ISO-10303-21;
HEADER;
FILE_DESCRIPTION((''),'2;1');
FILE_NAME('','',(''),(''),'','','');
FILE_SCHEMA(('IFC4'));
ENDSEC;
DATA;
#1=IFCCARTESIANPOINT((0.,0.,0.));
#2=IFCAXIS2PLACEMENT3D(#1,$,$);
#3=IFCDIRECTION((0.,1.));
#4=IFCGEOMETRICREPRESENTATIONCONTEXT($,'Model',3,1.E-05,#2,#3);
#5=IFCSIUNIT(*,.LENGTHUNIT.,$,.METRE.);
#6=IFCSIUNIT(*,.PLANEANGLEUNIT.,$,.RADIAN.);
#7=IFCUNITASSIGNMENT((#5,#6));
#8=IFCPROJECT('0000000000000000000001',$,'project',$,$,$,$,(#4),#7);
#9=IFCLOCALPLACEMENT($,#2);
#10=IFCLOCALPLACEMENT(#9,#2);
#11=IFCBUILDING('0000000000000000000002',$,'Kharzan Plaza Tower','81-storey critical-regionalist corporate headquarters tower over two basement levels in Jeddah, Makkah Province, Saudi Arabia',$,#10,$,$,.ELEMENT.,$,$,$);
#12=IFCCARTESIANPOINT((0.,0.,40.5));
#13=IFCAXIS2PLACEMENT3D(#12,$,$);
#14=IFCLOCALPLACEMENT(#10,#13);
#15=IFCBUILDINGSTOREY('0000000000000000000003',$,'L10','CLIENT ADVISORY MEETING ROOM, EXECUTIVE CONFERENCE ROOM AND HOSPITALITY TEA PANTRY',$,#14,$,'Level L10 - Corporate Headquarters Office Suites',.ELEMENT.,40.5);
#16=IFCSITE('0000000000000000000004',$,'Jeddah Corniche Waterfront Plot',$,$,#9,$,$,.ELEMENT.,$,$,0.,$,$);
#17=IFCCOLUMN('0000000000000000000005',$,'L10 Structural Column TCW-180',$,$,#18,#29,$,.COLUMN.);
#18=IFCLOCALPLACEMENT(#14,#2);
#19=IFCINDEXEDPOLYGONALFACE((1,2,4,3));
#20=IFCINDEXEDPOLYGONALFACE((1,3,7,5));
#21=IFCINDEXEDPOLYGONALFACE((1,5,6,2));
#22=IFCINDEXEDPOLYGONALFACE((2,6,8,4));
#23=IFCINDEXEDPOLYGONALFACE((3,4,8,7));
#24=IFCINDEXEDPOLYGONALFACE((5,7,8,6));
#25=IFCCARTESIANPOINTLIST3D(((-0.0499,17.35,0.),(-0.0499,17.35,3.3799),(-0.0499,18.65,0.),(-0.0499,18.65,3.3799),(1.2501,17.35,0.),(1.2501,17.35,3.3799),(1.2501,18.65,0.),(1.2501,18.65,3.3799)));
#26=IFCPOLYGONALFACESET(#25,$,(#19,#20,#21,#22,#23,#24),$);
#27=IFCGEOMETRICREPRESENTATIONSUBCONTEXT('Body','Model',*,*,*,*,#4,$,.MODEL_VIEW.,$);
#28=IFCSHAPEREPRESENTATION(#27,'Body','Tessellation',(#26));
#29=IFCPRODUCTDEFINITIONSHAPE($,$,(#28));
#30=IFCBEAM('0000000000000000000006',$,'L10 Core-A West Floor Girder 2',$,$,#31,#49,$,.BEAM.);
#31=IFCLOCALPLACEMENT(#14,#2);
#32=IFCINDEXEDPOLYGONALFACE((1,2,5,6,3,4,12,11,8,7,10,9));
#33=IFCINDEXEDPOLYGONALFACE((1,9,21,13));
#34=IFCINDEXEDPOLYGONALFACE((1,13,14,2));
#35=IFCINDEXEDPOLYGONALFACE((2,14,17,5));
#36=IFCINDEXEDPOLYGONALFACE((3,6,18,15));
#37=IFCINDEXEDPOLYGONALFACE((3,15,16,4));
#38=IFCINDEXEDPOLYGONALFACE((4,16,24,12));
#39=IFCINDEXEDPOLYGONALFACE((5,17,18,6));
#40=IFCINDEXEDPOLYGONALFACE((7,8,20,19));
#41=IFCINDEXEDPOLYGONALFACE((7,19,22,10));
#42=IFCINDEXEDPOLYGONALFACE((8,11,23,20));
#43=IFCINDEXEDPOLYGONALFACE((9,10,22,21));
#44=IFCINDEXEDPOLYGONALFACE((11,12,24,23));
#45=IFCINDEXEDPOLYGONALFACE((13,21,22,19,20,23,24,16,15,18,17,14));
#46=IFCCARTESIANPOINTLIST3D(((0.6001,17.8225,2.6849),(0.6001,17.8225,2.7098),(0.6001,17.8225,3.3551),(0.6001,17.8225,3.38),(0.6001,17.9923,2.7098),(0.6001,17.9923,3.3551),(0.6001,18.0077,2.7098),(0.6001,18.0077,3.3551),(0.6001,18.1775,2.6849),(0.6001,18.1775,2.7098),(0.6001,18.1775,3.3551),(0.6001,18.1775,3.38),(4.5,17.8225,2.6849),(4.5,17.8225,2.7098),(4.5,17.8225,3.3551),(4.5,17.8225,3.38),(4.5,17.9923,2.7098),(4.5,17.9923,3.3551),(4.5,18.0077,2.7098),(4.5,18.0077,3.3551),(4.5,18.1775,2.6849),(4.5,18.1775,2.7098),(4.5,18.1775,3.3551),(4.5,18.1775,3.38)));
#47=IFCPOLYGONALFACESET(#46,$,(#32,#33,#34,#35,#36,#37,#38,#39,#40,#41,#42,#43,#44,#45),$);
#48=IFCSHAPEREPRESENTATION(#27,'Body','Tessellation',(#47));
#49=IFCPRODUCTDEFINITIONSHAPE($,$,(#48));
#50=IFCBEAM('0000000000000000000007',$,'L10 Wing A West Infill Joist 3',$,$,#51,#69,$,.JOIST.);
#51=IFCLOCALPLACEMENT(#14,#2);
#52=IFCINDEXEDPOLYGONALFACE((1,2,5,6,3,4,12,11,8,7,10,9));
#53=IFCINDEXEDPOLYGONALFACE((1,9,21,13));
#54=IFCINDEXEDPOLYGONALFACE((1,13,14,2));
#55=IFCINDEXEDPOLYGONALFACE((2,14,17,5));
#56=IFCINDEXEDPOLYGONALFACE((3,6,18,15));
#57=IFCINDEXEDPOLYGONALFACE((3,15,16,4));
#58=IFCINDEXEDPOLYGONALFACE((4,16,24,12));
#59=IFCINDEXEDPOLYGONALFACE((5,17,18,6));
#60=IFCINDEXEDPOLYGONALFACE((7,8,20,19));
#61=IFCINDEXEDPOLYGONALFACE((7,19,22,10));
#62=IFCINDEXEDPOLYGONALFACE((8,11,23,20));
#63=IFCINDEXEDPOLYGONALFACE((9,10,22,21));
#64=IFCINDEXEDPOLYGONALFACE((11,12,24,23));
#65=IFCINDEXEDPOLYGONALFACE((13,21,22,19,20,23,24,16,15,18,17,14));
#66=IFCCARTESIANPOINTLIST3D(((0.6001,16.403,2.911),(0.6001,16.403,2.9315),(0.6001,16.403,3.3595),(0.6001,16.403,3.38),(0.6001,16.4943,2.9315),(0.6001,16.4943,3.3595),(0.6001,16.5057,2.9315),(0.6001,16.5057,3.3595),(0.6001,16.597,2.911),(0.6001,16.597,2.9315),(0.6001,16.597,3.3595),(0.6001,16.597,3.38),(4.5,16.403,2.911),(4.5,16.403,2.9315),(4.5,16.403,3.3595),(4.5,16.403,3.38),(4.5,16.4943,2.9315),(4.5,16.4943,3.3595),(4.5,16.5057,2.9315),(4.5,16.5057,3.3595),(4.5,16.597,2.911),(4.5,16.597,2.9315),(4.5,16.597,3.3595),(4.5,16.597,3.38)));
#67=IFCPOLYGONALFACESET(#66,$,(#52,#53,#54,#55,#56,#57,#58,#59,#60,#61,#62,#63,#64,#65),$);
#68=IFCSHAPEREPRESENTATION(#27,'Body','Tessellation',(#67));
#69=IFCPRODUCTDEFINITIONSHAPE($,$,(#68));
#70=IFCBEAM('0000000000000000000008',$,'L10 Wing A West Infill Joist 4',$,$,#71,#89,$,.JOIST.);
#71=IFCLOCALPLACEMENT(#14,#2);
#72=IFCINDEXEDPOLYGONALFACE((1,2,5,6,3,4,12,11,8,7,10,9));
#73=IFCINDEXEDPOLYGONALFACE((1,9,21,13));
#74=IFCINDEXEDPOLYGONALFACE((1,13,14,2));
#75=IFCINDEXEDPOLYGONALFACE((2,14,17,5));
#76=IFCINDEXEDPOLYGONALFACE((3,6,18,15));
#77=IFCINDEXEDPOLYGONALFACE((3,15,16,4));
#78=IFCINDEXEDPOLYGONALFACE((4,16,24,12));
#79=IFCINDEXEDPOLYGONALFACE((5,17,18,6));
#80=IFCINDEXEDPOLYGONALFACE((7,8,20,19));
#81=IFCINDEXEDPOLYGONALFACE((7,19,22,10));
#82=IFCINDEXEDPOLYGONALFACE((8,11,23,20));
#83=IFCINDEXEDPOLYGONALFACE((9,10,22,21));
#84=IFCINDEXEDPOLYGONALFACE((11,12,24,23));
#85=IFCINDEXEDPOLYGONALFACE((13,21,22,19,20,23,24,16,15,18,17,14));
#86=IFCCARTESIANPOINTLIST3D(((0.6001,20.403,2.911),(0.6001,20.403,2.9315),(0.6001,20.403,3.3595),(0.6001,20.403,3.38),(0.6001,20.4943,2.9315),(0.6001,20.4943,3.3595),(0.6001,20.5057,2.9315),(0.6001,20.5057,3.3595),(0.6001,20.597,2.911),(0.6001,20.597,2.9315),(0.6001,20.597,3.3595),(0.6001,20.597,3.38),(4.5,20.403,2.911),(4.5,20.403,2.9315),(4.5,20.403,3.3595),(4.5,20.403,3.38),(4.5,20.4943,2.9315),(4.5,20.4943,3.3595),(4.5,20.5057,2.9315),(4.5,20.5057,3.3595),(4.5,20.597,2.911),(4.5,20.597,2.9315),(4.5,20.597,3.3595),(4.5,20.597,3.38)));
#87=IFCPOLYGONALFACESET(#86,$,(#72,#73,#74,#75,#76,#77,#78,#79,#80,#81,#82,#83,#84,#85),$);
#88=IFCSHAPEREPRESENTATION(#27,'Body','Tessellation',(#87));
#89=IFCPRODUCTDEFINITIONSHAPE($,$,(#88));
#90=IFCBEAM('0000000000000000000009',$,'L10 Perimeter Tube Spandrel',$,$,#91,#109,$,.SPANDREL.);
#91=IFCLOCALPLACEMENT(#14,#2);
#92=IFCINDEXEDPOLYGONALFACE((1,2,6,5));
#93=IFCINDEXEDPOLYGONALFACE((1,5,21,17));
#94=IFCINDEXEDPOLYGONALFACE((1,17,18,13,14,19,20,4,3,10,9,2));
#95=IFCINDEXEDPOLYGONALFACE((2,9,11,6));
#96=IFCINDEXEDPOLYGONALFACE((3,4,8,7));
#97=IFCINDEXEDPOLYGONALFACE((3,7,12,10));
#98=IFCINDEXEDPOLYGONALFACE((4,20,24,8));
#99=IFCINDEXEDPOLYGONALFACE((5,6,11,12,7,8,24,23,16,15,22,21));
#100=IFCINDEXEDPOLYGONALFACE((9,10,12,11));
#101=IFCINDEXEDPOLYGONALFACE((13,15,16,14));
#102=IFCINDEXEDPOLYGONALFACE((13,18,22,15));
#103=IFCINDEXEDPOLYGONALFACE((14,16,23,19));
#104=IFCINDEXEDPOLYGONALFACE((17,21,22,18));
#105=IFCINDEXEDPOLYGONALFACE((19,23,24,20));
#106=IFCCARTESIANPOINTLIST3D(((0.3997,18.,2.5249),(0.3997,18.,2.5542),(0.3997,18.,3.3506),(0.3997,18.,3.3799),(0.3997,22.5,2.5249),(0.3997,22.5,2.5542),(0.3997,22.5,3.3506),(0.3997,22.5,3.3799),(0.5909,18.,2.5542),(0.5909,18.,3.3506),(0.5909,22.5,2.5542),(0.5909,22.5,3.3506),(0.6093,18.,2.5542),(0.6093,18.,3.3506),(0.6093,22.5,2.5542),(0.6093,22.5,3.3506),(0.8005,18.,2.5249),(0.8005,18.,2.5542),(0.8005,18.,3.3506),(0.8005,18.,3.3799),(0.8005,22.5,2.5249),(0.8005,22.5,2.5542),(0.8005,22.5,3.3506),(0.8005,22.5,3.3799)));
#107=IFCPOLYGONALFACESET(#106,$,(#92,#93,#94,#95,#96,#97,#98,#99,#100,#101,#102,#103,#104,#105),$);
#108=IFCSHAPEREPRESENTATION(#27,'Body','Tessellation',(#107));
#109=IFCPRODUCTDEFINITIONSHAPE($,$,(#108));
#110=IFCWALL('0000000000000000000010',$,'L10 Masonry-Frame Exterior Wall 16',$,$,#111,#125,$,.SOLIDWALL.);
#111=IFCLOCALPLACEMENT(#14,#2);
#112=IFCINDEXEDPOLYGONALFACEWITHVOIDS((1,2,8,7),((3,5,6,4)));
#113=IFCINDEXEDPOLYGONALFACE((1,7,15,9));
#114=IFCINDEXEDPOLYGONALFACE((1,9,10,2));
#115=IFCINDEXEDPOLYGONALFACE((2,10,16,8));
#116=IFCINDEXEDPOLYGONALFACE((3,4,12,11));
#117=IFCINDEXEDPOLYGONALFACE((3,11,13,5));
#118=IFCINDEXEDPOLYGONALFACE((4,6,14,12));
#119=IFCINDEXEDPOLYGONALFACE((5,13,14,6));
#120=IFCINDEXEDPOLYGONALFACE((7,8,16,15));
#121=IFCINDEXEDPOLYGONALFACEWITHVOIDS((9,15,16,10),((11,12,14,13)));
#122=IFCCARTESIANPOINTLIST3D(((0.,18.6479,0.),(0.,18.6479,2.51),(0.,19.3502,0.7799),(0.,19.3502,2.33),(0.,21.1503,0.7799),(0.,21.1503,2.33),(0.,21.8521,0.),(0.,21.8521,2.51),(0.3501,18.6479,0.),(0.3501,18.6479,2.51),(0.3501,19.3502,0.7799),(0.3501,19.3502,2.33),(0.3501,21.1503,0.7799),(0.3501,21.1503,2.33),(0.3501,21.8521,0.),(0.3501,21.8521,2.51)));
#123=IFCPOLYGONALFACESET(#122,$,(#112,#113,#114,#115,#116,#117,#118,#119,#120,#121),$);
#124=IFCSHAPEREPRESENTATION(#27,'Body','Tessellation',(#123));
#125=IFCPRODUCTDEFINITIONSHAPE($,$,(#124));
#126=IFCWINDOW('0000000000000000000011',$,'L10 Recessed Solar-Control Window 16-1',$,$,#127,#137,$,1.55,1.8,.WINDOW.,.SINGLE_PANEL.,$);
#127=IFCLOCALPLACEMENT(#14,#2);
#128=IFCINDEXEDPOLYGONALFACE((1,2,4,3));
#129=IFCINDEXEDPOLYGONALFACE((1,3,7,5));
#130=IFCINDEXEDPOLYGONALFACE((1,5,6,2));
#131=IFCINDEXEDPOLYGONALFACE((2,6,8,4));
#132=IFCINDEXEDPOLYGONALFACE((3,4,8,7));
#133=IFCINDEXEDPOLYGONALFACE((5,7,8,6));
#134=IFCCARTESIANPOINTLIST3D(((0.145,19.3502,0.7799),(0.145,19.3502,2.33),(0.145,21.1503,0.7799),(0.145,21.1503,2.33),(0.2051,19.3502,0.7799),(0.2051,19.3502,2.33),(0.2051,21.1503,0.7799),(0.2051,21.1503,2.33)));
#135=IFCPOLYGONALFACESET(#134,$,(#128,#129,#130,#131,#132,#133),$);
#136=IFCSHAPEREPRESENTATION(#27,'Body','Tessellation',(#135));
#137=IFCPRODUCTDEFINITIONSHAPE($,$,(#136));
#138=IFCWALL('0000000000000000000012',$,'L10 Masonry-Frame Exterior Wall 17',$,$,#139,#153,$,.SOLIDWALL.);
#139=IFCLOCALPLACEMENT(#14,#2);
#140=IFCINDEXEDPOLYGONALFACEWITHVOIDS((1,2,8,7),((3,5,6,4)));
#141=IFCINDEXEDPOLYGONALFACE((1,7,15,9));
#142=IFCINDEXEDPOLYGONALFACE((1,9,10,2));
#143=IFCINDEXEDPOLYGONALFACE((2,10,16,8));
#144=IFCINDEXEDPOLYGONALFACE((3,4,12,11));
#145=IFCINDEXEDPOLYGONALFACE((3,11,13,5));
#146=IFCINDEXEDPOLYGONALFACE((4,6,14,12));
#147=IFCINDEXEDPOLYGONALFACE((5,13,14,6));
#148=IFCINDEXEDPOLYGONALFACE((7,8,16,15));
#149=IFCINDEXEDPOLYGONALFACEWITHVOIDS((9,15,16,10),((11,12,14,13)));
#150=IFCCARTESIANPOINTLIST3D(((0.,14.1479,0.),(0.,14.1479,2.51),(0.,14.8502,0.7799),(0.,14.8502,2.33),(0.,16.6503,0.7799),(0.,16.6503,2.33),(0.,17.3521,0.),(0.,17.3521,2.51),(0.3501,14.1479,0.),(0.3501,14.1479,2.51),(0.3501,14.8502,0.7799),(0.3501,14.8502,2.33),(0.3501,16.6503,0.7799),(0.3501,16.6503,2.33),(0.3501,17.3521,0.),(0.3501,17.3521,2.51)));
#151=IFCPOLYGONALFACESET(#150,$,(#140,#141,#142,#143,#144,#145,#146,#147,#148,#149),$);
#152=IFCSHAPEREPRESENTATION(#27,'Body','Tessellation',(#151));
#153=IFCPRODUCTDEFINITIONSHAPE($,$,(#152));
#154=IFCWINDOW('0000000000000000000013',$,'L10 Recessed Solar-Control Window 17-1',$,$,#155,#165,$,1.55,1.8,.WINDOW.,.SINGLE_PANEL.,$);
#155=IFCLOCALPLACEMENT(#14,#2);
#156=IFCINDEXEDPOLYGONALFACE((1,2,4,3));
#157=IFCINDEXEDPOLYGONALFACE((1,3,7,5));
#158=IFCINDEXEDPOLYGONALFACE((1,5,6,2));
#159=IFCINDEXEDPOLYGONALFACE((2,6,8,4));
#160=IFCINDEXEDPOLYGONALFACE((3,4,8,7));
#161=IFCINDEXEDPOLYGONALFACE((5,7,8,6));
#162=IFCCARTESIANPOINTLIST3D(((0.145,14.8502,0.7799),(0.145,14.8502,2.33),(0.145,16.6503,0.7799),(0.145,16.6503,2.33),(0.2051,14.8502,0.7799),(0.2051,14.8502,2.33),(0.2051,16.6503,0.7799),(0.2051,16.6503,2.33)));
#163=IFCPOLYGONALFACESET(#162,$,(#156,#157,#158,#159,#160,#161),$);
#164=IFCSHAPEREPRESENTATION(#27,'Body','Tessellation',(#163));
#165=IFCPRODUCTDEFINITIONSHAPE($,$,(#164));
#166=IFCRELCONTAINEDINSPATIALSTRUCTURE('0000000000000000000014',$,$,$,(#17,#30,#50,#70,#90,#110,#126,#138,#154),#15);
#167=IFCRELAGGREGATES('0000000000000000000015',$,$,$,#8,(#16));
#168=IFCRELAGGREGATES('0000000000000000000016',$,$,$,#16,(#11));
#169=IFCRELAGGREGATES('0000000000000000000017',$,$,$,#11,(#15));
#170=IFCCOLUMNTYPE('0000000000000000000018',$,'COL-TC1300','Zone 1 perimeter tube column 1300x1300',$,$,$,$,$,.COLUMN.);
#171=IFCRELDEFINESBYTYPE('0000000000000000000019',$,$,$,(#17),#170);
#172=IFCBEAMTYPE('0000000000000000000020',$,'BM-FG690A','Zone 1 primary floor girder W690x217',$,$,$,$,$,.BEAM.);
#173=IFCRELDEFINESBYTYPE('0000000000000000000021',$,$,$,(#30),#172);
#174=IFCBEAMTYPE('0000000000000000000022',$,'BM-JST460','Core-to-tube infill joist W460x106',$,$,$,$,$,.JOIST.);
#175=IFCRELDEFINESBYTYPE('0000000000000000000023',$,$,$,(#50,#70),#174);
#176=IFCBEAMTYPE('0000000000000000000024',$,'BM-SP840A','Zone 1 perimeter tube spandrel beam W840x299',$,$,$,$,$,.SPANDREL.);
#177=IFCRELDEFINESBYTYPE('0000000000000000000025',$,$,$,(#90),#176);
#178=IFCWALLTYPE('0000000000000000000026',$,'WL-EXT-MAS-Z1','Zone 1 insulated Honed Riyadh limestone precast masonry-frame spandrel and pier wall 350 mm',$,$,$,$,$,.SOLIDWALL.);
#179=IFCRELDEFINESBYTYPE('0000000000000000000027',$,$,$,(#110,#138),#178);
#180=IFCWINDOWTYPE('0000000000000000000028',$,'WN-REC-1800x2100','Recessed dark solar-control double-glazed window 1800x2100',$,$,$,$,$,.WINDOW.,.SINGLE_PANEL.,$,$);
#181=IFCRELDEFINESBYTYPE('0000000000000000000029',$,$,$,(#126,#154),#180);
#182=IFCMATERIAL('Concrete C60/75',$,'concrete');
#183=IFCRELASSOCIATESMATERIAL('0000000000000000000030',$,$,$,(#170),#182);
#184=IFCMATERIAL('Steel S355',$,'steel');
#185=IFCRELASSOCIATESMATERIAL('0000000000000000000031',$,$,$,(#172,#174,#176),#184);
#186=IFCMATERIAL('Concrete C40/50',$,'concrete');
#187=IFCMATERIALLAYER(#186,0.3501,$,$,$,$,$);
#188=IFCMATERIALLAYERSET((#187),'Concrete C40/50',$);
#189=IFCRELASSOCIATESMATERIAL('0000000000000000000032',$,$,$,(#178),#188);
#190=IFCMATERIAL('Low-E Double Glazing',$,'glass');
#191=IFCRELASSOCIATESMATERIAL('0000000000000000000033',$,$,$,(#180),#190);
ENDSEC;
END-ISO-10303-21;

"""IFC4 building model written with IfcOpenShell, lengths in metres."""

from ifc_helpers import new_model, si_unit, direction, frame, frame_2d, origin, origin_2d, place, context, subcontext, project, spatial, rectangle, i_section, extrude, source, transform, mapped, material, layer, layer_set, material_profile, profile_set, type_object, element, fill, save


model = new_model("IFC4")

# Units and contexts
model_context = context("Model", 3, precision=1e-05, world=origin(), true_north=direction((0.0, 1.0)))
body_context = subcontext(model_context, "Body", "Model", "MODEL_VIEW")
ifc_project = project(units=[si_unit("LENGTHUNIT", "METRE"), si_unit("PLANEANGLEUNIT", "RADIAN")], contexts=[model_context])

# Site, building, storey
site_placement = place(None, origin())
site = spatial("IfcSite", under=ifc_project, at=site_placement, Name="Jeddah Corniche Waterfront Plot", CompositionType="ELEMENT", RefElevation=0.0)
building_placement = place(site_placement, origin())
building = spatial("IfcBuilding", under=site, at=building_placement, Name="Kharzan Plaza Tower", Description="81-storey critical-regionalist corporate headquarters tower over two basement levels in Jeddah, Makkah Province, Saudi Arabia", CompositionType="ELEMENT")
storey_placement = place(building_placement, frame((0.0, 0.0, 40.5)))
storey = spatial("IfcBuildingStorey", under=building, at=storey_placement, Name="L10", Description="CLIENT ADVISORY MEETING ROOM, EXECUTIVE CONFERENCE ROOM AND HOSPITALITY TEA PANTRY", LongName="Level L10 - Corporate Headquarters Office Suites", CompositionType="ELEMENT", Elevation=40.5)

# Column
ifc_material_1 = material(Name="Concrete C60/75", Category="concrete")
ifc_material_profile_1 = material_profile(ifc_material_1, rectangle(XDim=1.3, YDim=1.3, at=origin_2d()), Name="RC-TC1300x1300")
ifc_profile_set_1 = profile_set([ifc_material_profile_1], Name="Concrete C60/75")
column_type = type_object("IfcColumnType", Name="COL-TC1300", Description="Zone 1 perimeter tube column 1300x1300", PredefinedType="COLUMN", material=ifc_profile_set_1)
shared_shape_1 = source(origin(), body_context, "Body", "SweptSolid", [
    extrude(rectangle(XDim=1.3, YDim=1.3, at=origin_2d()), origin(), (0.0, 0.0, 1.0), 3.3799),
])
column_placement = place(storey_placement, frame((0.6001, 18.0, 0.0), z_axis=(0.0, 0.0, 1.0), x_axis=(1.0, 0.0, 0.0)))
element("IfcColumn", 1, at=column_placement, inside=storey, type_object=column_type, Name="L10 Structural Column TCW-180", PredefinedType="COLUMN", context=body_context, shape_type="MappedRepresentation", body=[
    mapped(shared_shape_1, transform((0.0, 0.0, 0.0), x_axis=(1.0, 0.0, 0.0), y_axis=(0.0, 1.0, 0.0), z_axis=(0.0, 0.0, 1.0))),
])

# Beams
ifc_material_2 = material(Name="Steel S355", Category="steel")
ifc_material_profile_2 = material_profile(ifc_material_2, i_section(OverallWidth=0.355, OverallDepth=0.6951, WebThickness=0.0154, FlangeThickness=0.0249, at=origin_2d()), Name="W690x217")
ifc_profile_set_2 = profile_set([ifc_material_profile_2], Name="Steel S355")
beam_type_1 = type_object("IfcBeamType", Name="BM-FG690A", Description="Zone 1 primary floor girder W690x217", PredefinedType="BEAM", material=ifc_profile_set_2)
shared_shape_2 = source(origin(), body_context, "Body", "SweptSolid", [
    extrude(i_section(OverallWidth=0.355, OverallDepth=0.6951, WebThickness=0.0154, FlangeThickness=0.0249, at=origin_2d()), origin(), (0.0, 0.0, 1.0), 3.8999),
])
beam_1_placement = place(storey_placement, frame((0.6001, 18.0, 3.0325), z_axis=(1.0, 0.0, 0.0), x_axis=(0.0, 1.0, 0.0)))
element("IfcBeam", 2, at=beam_1_placement, inside=storey, type_object=beam_type_1, Name="L10 Core-A West Floor Girder 2", PredefinedType="BEAM", context=body_context, shape_type="MappedRepresentation", body=[
    mapped(shared_shape_2, transform((0.0, 0.0, 0.0), x_axis=(1.0, 0.0, 0.0), y_axis=(0.0, 1.0, 0.0), z_axis=(0.0, 0.0, 1.0))),
])
ifc_material_profile_3 = material_profile(ifc_material_2, i_section(OverallWidth=0.1941, OverallDepth=0.469, WebThickness=0.0115, FlangeThickness=0.0205, at=origin_2d()), Name="W460x106")
ifc_profile_set_3 = profile_set([ifc_material_profile_3], Name="Steel S355")
beam_type_2 = type_object("IfcBeamType", Name="BM-JST460", Description="Core-to-tube infill joist W460x106", PredefinedType="JOIST", material=ifc_profile_set_3)
shared_shape_3 = source(origin(), body_context, "Body", "SweptSolid", [
    extrude(i_section(OverallWidth=0.1941, OverallDepth=0.469, WebThickness=0.0115, FlangeThickness=0.0205, at=origin_2d()), origin(), (0.0, 0.0, 1.0), 3.8999),
])
for number, where, z_axis, x_axis, name in (
    (3, (0.6001, 16.5, 3.1455), (1.0, 0.0, 0.0), (0.0, 1.0, 0.0), "L10 Wing A West Infill Joist 3"),
    (4, (0.6001, 20.5, 3.1455), (1.0, 0.0, 0.0), (0.0, 1.0, 0.0), "L10 Wing A West Infill Joist 4"),
):
    element("IfcBeam", number, at=place(storey_placement, frame(where, z_axis=z_axis, x_axis=x_axis)), inside=storey, type_object=beam_type_2, Name=name, PredefinedType="JOIST", context=body_context, shape_type="MappedRepresentation", body=[
        mapped(shared_shape_3, transform((0.0, 0.0, 0.0), x_axis=(1.0, 0.0, 0.0), y_axis=(0.0, 1.0, 0.0), z_axis=(0.0, 0.0, 1.0))),
    ])
ifc_material_profile_4 = material_profile(ifc_material_2, i_section(OverallWidth=0.4009, OverallDepth=0.855, WebThickness=0.0183, FlangeThickness=0.0293, at=origin_2d()), Name="W840x299")
ifc_profile_set_4 = profile_set([ifc_material_profile_4], Name="Steel S355")
beam_type_3 = type_object("IfcBeamType", Name="BM-SP840A", Description="Zone 1 perimeter tube spandrel beam W840x299", PredefinedType="SPANDREL", material=ifc_profile_set_4)
shared_shape_4 = source(origin(), body_context, "Body", "SweptSolid", [
    extrude(i_section(OverallWidth=0.4009, OverallDepth=0.855, WebThickness=0.0183, FlangeThickness=0.0293, at=origin_2d()), origin(), (0.0, 0.0, 1.0), 4.5),
])
beam_2_placement = place(storey_placement, frame((0.6001, 18.0, 2.9524), z_axis=(0.0, 1.0, 0.0), x_axis=(-1.0, 0.0, 0.0)))
element("IfcBeam", 5, at=beam_2_placement, inside=storey, type_object=beam_type_3, Name="L10 Perimeter Tube Spandrel", PredefinedType="SPANDREL", context=body_context, shape_type="MappedRepresentation", body=[
    mapped(shared_shape_4, transform((0.0, 0.0, 0.0), x_axis=(1.0, 0.0, 0.0), y_axis=(0.0, 1.0, 0.0), z_axis=(0.0, 0.0, 1.0))),
])

# Walls, openings, windows
ifc_material_3 = material(Name="Concrete C40/50", Category="concrete")
ifc_layer_1 = layer(ifc_material_3, 0.3501)
ifc_layer_set_1 = layer_set([ifc_layer_1], Name="Concrete C40/50")
wall_type_1 = type_object("IfcWallType", Name="WL-EXT-MAS-Z1", Description="Zone 1 insulated Honed Riyadh limestone precast masonry-frame spandrel and pier wall 350 mm", PredefinedType="SOLIDWALL", material=ifc_layer_set_1)
wall_1_placement = place(storey_placement, frame((0.175, 21.8521, 0.0), z_axis=(0.0, 0.0, 1.0), x_axis=(0.0, -1.0, 0.0)))
wall_1 = element("IfcWall", 6, at=wall_1_placement, inside=storey, type_object=wall_type_1, Name="L10 Masonry-Frame Exterior Wall 16", PredefinedType="SOLIDWALL", context=body_context, shape_type="SweptSolid", body=[
    extrude(rectangle(XDim=3.2041, YDim=0.3501, at=frame_2d((1.6021, 0.0))), origin(), (0.0, 0.0, 1.0), 2.51),
])
opening_1_placement = place(wall_1_placement, frame((0.7019, 0.0, 0.78)))
opening_1 = element("IfcOpeningElement", 7, at=opening_1_placement, cuts=wall_1, PredefinedType="OPENING", context=body_context, shape_type="SweptSolid", body=[
    extrude(rectangle(XDim=1.8, YDim=1.55, at=frame_2d((0.8999, 0.7749))), frame((0.0, 0.1851, 0.0), z_axis=(0.0, -1.0, 0.0), x_axis=(1.0, 0.0, 0.0)), (0.0, 0.0, 1.0), 0.3701),
])
ifc_material_4 = material(Name="Low-E Double Glazing", Category="glass")
window_type = type_object("IfcWindowType", Name="WN-REC-1800x2100", Description="Recessed dark solar-control double-glazed window 1800x2100", PartitioningType="SINGLE_PANEL", PredefinedType="WINDOW", material=ifc_material_4)
shared_shape_5 = source(origin(), body_context, "Body", "SweptSolid", [
    extrude(rectangle(XDim=1.8, YDim=1.55, at=frame_2d((0.8999, 0.7749))), frame((0.0, 0.03, 0.0), z_axis=(0.0, -1.0, 0.0), x_axis=(1.0, 0.0, 0.0)), (0.0, 0.0, 1.0), 0.0601),
])
window_1_placement = place(opening_1_placement, origin())
window_1 = element("IfcWindow", 8, at=window_1_placement, inside=storey, type_object=window_type, Name="L10 Recessed Solar-Control Window 16-1", OverallHeight=1.55, OverallWidth=1.8, PartitioningType="SINGLE_PANEL", PredefinedType="WINDOW", context=body_context, shape_type="MappedRepresentation", body=[
    mapped(shared_shape_5, transform((0.0, 0.0, 0.0), x_axis=(1.0, 0.0, 0.0), y_axis=(0.0, 1.0, 0.0), z_axis=(0.0, 0.0, 1.0))),
])
fill(opening_1, window_1)
wall_2_placement = place(storey_placement, frame((0.175, 17.3521, 0.0), z_axis=(0.0, 0.0, 1.0), x_axis=(0.0, -1.0, 0.0)))
wall_2 = element("IfcWall", 9, at=wall_2_placement, inside=storey, type_object=wall_type_1, Name="L10 Masonry-Frame Exterior Wall 17", PredefinedType="SOLIDWALL", context=body_context, shape_type="SweptSolid", body=[
    extrude(rectangle(XDim=3.2041, YDim=0.3501, at=frame_2d((1.6021, 0.0))), origin(), (0.0, 0.0, 1.0), 2.51),
])
opening_2_placement = place(wall_2_placement, frame((0.7019, 0.0, 0.78)))
opening_2 = element("IfcOpeningElement", 10, at=opening_2_placement, cuts=wall_2, PredefinedType="OPENING", context=body_context, shape_type="SweptSolid", body=[
    extrude(rectangle(XDim=1.8, YDim=1.55, at=frame_2d((0.8999, 0.7749))), frame((0.0, 0.1851, 0.0), z_axis=(0.0, -1.0, 0.0), x_axis=(1.0, 0.0, 0.0)), (0.0, 0.0, 1.0), 0.3701),
])
window_2_placement = place(opening_2_placement, origin())
window_2 = element("IfcWindow", 11, at=window_2_placement, inside=storey, type_object=window_type, Name="L10 Recessed Solar-Control Window 17-1", OverallHeight=1.55, OverallWidth=1.8, PartitioningType="SINGLE_PANEL", PredefinedType="WINDOW", context=body_context, shape_type="MappedRepresentation", body=[
    mapped(shared_shape_5, transform((0.0, 0.0, 0.0), x_axis=(1.0, 0.0, 0.0), y_axis=(0.0, 1.0, 0.0), z_axis=(0.0, 0.0, 1.0))),
])
fill(opening_2, window_2)

save(model, "model.ifc")
